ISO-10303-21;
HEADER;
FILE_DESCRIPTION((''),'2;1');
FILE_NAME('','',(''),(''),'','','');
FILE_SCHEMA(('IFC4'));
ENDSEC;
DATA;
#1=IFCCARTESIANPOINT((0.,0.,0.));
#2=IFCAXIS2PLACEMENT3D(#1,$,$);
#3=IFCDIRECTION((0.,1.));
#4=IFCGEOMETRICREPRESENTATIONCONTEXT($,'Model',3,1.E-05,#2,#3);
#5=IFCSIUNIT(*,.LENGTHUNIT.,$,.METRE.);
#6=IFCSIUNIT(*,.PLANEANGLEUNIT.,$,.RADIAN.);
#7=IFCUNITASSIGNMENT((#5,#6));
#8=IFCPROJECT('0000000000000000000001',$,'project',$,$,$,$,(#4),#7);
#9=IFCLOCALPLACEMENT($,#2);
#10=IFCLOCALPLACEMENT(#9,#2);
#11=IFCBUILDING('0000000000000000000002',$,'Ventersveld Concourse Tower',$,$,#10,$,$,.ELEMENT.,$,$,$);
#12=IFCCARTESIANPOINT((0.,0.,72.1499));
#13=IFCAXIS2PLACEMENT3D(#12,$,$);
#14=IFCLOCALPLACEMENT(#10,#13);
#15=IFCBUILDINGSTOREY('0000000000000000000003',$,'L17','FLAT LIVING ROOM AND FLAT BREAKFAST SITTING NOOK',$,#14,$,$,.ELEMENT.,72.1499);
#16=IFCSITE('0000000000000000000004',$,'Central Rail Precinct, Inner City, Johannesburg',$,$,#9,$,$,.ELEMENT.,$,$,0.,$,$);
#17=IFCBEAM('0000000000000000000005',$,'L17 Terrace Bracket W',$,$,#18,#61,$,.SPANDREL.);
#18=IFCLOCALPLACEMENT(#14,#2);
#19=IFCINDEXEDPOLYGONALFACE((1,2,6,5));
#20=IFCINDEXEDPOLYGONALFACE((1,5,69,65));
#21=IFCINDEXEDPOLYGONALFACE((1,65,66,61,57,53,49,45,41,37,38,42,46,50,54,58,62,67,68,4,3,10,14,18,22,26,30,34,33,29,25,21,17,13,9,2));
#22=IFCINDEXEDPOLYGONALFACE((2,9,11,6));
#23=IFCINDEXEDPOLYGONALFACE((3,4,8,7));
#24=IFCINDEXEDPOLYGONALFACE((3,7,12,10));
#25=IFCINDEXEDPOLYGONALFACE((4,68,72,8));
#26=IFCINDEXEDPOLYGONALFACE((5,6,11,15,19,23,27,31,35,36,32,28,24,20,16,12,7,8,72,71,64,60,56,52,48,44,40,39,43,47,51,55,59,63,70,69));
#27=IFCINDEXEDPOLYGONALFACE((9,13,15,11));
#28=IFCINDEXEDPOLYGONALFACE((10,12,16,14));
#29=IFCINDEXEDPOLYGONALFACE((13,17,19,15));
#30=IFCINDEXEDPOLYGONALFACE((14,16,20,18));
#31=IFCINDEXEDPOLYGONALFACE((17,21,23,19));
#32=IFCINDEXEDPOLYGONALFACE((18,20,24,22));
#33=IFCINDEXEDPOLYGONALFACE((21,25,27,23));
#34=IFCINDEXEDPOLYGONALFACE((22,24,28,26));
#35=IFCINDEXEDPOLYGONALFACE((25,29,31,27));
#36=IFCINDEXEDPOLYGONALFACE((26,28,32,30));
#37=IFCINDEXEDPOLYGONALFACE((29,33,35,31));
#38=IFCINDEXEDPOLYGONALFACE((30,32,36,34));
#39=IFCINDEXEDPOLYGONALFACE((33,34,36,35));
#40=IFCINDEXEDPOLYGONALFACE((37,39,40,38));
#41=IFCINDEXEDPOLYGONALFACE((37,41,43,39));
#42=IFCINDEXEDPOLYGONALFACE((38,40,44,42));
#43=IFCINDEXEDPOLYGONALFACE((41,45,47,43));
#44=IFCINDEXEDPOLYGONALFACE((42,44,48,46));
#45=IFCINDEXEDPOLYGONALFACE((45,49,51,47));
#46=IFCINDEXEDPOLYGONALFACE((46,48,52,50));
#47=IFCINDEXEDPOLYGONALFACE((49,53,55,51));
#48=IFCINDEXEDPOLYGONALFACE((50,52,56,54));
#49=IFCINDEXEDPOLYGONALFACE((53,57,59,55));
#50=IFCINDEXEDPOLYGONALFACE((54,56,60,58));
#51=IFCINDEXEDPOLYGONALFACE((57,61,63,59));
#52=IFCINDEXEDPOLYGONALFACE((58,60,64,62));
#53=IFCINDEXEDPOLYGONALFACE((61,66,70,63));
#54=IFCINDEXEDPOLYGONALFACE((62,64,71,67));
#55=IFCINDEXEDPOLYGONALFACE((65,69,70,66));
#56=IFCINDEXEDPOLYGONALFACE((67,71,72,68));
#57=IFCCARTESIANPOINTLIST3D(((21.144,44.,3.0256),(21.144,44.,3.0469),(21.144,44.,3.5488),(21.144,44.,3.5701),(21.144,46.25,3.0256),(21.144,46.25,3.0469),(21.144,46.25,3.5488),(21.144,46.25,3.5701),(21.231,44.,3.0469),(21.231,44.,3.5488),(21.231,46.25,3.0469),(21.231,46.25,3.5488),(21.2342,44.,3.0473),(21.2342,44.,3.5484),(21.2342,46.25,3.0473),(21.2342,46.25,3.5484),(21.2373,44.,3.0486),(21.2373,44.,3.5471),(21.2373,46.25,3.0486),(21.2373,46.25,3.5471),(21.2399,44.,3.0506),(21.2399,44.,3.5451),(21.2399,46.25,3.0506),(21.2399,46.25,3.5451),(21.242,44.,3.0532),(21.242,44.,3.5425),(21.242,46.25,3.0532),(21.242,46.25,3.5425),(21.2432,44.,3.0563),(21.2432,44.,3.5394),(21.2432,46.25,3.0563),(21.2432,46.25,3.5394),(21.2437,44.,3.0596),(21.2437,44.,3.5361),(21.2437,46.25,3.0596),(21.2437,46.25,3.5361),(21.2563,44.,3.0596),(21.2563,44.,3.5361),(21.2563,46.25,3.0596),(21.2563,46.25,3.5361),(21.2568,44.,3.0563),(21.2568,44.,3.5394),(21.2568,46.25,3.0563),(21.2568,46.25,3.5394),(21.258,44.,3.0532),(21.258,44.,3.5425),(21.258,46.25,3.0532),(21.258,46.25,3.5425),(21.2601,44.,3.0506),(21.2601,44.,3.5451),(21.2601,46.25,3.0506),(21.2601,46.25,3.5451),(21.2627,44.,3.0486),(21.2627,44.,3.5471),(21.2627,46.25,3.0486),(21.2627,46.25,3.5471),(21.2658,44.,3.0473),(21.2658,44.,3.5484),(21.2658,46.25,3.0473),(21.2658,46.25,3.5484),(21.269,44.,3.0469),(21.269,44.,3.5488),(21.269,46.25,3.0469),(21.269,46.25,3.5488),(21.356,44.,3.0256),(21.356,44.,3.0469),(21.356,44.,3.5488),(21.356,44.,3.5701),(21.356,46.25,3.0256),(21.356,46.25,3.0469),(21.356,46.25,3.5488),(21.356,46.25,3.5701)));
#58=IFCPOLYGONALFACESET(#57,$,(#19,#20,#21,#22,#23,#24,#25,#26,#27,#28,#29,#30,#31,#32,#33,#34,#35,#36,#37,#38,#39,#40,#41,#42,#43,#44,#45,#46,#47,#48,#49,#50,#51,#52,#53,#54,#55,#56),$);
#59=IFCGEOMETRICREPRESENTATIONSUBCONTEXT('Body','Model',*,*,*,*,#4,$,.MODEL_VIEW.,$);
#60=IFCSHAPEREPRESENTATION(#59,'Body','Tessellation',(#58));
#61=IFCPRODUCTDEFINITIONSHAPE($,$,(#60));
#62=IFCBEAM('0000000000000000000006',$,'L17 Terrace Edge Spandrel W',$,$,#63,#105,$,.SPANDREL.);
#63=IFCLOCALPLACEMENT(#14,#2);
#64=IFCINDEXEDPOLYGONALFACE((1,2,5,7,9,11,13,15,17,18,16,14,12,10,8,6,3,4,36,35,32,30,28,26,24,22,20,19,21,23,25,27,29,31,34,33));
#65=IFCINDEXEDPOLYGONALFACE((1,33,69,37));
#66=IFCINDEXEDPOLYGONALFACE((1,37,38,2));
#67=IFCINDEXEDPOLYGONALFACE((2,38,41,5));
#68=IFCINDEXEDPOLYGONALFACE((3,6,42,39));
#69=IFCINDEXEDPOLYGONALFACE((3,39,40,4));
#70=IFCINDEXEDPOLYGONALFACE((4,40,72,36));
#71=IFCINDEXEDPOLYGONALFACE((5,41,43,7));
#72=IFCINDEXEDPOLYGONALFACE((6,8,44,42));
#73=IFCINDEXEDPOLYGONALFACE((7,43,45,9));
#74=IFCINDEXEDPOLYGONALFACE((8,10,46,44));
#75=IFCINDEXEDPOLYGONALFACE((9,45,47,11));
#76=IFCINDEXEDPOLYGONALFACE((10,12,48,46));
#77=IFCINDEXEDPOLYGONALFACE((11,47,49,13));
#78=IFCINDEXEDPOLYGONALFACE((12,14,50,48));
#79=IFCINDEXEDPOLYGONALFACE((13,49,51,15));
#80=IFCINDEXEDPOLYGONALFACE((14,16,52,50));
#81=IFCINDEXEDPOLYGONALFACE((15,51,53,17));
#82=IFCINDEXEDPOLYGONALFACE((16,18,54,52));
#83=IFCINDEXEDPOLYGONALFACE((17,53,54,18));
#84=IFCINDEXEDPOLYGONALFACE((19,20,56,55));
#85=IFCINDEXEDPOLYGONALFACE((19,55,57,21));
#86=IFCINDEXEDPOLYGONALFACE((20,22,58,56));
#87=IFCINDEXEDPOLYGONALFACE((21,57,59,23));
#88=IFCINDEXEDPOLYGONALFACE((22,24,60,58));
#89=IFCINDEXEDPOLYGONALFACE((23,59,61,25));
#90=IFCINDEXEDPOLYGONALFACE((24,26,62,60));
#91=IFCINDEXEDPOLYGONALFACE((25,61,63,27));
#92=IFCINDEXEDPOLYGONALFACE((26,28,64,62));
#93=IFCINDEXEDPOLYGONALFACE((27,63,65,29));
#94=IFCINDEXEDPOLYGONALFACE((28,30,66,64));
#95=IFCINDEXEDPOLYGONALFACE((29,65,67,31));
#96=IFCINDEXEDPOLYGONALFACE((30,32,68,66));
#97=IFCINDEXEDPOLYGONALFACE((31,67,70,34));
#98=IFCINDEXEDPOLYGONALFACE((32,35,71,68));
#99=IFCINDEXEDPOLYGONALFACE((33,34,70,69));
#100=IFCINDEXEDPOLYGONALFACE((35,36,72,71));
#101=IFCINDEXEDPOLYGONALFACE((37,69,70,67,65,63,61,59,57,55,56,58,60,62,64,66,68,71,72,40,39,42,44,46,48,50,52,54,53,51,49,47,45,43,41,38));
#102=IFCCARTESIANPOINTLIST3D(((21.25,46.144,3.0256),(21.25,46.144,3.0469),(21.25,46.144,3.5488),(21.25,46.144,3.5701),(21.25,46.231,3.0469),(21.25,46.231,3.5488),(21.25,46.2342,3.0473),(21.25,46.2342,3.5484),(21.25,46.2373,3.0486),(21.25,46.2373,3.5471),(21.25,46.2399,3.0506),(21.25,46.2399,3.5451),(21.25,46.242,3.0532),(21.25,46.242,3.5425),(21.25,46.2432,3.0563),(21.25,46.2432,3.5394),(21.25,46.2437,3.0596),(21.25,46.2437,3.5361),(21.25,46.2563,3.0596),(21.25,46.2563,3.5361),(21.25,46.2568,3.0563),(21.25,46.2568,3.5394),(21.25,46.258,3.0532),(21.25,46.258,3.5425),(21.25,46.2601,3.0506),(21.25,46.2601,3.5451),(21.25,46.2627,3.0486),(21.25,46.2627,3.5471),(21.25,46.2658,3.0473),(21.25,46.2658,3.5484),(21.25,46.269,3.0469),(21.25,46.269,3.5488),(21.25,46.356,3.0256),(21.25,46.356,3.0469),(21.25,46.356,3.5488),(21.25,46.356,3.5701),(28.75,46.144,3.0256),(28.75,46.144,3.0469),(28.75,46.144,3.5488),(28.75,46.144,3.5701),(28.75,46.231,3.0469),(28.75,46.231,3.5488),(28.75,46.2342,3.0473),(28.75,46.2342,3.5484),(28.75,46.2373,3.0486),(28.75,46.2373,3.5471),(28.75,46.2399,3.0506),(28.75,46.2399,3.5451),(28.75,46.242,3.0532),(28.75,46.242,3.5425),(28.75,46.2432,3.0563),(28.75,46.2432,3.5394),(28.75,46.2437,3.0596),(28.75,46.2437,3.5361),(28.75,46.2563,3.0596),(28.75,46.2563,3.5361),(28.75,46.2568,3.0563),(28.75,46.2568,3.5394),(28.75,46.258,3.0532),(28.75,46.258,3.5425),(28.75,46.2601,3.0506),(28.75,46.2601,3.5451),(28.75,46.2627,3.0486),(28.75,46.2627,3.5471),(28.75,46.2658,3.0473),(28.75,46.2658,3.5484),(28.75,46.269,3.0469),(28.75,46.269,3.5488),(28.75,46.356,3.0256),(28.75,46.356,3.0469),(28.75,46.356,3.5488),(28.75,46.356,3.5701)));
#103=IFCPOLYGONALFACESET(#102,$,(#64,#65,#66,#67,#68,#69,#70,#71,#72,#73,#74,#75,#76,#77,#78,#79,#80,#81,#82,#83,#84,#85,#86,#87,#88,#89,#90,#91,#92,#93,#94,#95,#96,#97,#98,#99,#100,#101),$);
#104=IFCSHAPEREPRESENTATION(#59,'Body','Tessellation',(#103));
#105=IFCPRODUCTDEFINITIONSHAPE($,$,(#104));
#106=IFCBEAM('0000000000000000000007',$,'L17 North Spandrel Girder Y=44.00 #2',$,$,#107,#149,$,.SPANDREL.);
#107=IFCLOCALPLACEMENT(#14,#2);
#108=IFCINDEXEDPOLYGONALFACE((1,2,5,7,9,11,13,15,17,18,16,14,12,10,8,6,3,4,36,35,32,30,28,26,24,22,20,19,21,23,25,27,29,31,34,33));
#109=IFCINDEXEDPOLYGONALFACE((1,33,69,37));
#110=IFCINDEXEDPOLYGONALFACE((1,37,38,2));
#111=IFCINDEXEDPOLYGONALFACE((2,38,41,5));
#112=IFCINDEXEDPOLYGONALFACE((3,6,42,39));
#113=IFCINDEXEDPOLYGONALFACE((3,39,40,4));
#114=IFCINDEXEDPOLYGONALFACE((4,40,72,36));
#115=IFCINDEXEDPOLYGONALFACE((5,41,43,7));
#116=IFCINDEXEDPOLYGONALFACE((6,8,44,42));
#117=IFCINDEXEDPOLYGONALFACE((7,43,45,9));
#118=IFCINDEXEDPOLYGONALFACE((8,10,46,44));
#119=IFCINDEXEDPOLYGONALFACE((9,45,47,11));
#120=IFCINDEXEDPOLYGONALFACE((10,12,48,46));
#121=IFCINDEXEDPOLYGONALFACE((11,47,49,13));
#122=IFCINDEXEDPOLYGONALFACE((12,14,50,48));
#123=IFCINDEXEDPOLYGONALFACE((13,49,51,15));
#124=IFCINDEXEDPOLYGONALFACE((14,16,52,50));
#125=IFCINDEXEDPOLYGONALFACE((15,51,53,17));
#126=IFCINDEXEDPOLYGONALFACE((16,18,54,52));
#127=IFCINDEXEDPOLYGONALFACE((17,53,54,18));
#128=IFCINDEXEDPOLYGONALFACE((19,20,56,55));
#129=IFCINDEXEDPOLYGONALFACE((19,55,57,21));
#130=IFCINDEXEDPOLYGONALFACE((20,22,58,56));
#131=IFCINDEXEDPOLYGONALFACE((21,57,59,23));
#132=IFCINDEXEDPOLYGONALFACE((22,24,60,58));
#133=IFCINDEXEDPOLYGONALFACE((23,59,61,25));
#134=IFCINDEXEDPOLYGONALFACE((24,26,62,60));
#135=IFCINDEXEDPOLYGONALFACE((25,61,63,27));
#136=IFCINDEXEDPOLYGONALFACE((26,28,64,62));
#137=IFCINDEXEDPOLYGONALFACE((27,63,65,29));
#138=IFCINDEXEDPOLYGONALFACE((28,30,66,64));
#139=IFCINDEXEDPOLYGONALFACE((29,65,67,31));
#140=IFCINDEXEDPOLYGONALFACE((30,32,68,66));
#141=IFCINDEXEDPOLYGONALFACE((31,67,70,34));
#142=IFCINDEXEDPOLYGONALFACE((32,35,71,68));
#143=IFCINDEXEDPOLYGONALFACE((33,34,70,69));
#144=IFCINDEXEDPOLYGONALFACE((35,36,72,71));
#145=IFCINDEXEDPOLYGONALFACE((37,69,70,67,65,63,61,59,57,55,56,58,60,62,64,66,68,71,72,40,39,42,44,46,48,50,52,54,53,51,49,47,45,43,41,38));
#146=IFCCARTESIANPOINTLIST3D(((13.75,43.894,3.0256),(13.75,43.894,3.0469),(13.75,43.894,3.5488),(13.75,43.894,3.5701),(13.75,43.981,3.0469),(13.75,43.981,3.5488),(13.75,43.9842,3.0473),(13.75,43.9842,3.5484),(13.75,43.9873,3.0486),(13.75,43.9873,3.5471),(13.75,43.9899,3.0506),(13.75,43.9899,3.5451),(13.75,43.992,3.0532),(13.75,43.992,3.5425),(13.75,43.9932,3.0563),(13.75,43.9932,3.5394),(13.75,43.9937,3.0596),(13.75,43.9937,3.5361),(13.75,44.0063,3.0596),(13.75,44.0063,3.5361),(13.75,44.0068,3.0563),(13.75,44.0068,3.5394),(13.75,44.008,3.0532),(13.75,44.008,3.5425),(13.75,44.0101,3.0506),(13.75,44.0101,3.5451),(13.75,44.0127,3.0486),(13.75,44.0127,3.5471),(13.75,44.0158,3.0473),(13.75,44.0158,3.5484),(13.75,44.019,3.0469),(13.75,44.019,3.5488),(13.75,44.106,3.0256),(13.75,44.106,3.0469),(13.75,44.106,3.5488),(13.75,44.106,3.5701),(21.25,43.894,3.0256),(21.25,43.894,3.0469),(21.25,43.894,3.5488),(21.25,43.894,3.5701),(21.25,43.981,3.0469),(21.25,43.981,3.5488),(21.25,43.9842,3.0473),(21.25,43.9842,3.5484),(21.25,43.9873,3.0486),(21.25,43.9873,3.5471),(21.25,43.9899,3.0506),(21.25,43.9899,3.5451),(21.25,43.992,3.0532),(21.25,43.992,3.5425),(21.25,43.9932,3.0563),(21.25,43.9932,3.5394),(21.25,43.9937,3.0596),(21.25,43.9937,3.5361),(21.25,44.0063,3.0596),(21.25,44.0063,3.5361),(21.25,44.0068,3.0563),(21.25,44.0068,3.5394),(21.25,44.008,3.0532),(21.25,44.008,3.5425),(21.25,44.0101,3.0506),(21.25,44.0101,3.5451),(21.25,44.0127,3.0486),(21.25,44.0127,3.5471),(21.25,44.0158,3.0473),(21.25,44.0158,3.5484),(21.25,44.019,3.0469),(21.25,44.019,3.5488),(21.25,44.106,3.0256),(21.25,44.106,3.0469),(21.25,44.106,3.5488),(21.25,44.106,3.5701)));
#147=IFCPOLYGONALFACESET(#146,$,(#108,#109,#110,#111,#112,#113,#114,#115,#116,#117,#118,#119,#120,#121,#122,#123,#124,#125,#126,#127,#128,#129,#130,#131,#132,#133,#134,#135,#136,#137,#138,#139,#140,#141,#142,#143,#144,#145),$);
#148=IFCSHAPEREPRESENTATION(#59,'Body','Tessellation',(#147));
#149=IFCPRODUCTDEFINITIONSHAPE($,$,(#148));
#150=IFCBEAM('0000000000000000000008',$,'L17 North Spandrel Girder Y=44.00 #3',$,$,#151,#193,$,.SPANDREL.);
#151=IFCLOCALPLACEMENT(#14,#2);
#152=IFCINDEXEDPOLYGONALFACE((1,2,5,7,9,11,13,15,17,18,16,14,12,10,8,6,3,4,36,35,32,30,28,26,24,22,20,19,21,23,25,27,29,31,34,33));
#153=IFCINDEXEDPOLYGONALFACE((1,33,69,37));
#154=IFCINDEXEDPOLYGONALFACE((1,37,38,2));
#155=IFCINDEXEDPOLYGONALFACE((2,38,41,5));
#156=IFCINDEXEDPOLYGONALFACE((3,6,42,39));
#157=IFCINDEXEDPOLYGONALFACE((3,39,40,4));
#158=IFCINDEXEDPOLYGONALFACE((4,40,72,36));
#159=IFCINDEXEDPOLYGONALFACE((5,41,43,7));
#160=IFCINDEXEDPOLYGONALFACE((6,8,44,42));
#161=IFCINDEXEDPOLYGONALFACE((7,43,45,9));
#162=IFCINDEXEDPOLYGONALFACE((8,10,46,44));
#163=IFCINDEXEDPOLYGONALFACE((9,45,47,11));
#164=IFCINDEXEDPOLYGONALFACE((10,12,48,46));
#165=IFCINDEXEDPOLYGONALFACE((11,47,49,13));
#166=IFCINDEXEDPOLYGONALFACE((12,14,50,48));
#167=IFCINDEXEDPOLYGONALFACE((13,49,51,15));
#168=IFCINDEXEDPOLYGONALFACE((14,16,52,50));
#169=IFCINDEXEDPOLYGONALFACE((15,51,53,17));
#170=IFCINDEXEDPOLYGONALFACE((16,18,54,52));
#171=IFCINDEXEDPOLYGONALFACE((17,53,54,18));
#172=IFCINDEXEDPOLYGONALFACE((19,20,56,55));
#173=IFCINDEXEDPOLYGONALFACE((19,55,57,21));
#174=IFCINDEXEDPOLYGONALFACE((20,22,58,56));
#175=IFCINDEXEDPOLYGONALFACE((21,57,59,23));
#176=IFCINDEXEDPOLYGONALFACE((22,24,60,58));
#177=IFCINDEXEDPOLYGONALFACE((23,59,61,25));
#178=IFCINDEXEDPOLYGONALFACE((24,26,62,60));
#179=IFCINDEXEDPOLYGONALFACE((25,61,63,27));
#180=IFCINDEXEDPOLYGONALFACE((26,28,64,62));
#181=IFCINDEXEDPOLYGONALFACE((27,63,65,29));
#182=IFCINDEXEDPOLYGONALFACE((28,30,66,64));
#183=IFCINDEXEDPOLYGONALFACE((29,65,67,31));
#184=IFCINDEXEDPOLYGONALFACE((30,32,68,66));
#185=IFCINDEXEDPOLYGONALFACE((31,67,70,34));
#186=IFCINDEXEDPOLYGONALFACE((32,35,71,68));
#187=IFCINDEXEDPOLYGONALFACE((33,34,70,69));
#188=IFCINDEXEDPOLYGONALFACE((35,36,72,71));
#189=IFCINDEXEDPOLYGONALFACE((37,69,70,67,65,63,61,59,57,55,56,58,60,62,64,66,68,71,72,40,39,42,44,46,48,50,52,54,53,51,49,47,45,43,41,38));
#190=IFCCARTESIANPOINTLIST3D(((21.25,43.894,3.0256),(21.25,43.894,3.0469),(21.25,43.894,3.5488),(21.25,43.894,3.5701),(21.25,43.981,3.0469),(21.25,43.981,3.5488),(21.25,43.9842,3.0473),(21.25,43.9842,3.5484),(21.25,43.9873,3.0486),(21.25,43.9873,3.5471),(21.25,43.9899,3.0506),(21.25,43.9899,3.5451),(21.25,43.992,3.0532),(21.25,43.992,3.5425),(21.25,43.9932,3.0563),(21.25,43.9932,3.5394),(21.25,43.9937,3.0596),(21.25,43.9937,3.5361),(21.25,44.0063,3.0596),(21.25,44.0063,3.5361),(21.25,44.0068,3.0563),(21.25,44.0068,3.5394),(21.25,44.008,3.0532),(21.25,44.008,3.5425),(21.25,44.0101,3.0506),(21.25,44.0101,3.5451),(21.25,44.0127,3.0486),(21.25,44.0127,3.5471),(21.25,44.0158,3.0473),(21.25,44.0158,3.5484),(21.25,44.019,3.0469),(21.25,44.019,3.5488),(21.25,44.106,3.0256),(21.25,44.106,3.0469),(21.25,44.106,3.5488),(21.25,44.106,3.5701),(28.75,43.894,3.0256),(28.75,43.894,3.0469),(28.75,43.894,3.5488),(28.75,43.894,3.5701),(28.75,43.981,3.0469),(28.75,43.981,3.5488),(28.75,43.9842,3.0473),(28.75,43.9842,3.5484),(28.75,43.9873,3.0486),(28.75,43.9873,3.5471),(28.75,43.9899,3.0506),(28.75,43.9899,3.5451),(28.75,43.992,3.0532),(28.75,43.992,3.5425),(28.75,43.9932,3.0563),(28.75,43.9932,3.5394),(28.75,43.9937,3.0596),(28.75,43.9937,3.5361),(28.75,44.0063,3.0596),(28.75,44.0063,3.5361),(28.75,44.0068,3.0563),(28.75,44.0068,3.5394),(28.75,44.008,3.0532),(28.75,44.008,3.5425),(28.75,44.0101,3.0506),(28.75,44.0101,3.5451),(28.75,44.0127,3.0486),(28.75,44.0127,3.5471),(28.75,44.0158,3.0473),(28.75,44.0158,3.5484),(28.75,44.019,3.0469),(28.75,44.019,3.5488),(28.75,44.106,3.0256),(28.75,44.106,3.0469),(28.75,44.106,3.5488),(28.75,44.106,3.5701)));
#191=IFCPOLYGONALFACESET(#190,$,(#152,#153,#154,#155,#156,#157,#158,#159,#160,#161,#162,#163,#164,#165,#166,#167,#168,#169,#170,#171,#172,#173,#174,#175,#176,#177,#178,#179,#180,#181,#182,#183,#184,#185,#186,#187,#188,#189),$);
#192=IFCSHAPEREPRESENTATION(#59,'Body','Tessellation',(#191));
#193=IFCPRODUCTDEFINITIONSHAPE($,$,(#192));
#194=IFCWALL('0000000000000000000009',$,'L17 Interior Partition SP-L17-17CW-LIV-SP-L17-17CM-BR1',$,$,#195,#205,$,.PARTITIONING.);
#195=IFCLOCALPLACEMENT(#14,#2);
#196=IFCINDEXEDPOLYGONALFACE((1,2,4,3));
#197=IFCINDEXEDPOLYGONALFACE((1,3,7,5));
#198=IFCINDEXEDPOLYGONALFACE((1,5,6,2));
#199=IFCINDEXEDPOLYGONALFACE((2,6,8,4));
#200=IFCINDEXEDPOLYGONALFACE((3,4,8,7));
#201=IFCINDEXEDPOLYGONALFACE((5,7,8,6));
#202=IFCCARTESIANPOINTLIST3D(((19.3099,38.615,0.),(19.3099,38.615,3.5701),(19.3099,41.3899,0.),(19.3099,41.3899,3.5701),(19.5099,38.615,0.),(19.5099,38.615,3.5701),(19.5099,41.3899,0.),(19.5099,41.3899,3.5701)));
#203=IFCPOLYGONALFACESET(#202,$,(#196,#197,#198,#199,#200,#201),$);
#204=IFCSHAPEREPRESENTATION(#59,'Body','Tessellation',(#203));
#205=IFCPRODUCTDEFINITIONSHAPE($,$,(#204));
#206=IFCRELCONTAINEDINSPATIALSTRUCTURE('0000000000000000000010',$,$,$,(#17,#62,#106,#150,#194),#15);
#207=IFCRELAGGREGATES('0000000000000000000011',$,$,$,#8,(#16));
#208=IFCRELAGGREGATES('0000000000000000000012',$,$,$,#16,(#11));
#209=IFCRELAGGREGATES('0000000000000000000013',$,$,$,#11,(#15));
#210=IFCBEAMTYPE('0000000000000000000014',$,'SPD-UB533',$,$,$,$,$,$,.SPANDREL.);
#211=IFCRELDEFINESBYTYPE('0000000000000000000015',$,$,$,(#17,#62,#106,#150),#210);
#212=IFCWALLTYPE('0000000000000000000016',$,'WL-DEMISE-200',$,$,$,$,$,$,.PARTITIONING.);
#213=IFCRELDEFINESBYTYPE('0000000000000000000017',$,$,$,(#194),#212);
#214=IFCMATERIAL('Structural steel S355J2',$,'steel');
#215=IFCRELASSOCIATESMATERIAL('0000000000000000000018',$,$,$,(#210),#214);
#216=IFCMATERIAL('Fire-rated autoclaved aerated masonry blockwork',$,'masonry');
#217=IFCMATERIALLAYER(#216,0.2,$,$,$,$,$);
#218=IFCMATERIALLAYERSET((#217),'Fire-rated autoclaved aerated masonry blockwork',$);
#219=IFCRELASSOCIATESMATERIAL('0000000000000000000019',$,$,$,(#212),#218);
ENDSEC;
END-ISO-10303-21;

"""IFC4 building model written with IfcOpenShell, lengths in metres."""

from ifc_helpers import new_model, si_unit, direction, frame, frame_2d, origin, origin_2d, place, context, subcontext, project, spatial, rectangle, i_section, extrude, material, layer, layer_set, material_profile, profile_set, type_object, element, save


model = new_model("IFC4")

# Units and contexts
model_context = context("Model", 3, precision=1e-05, world=origin(), true_north=direction((0.0, 1.0)))
body_context = subcontext(model_context, "Body", "Model", "MODEL_VIEW")
ifc_project = project(units=[si_unit("LENGTHUNIT", "METRE"), si_unit("PLANEANGLEUNIT", "RADIAN")], contexts=[model_context])

# Site, building, storey
site_placement = place(None, origin())
site = spatial("IfcSite", under=ifc_project, at=site_placement, Name="Central Rail Precinct, Inner City, Johannesburg", CompositionType="ELEMENT", RefElevation=0.0)
building_placement = place(site_placement, origin())
building = spatial("IfcBuilding", under=site, at=building_placement, Name="Ventersveld Concourse Tower", CompositionType="ELEMENT")
storey_placement = place(building_placement, frame((0.0, 0.0, 72.1499)))
storey = spatial("IfcBuildingStorey", under=building, at=storey_placement, Name="L17", Description="FLAT LIVING ROOM AND FLAT BREAKFAST SITTING NOOK", CompositionType="ELEMENT", Elevation=72.1499)

# Shared definitions
ifc_material_1 = material(Name="Structural steel S355J2", Category="steel")

# Beams
ifc_material_profile_1 = material_profile(ifc_material_1, i_section(OverallWidth=0.2119, OverallDepth=0.5444, WebThickness=0.0127, FlangeThickness=0.0212, FilletRadius=0.0127, at=origin_2d()), Name="UB 533x210x122")
ifc_profile_set_1 = profile_set([ifc_material_profile_1], Name="Structural steel S355J2")
beam_type_1 = type_object("IfcBeamType", Name="SPD-UB533", PredefinedType="SPANDREL", material=ifc_profile_set_1)
beam_1_placement = place(storey_placement, frame((21.25, 44.0, 3.2979), z_axis=(0.0, 1.0, 0.0), x_axis=(-1.0, 0.0, 0.0)))
element("IfcBeam", 1, at=beam_1_placement, inside=storey, type_object=beam_type_1, Name="L17 Terrace Bracket W", PredefinedType="SPANDREL", context=body_context, shape_type="SweptSolid", body=[
    extrude(i_section(OverallWidth=0.2119, OverallDepth=0.5444, WebThickness=0.0127, FlangeThickness=0.0212, FilletRadius=0.0127, at=origin_2d()), origin(), (0.0, 0.0, 1.0), 2.25),
])
for number, where, z_axis, x_axis, name in (
    (2, (21.25, 46.25, 3.2979), (1.0, 0.0, 0.0), (0.0, 1.0, 0.0), "L17 Terrace Edge Spandrel W"),
    (3, (13.75, 44.0, 3.2979), (1.0, 0.0, 0.0), (0.0, 1.0, 0.0), "L17 North Spandrel Girder Y=44.00 #2"),
    (4, (21.25, 44.0, 3.2979), (1.0, 0.0, 0.0), (0.0, 1.0, 0.0), "L17 North Spandrel Girder Y=44.00 #3"),
):
    element("IfcBeam", number, at=place(storey_placement, frame(where, z_axis=z_axis, x_axis=x_axis)), inside=storey, type_object=beam_type_1, Name=name, PredefinedType="SPANDREL", context=body_context, shape_type="SweptSolid", body=[
        extrude(i_section(OverallWidth=0.2119, OverallDepth=0.5444, WebThickness=0.0127, FlangeThickness=0.0212, FilletRadius=0.0127, at=origin_2d()), origin(), (0.0, 0.0, 1.0), 7.5),
    ])

# Wall
ifc_material_2 = material(Name="Fire-rated autoclaved aerated masonry blockwork", Category="masonry")
ifc_layer_1 = layer(ifc_material_2, 0.2)
ifc_layer_set_1 = layer_set([ifc_layer_1], Name="Fire-rated autoclaved aerated masonry blockwork")
wall_type_1 = type_object("IfcWallType", Name="WL-DEMISE-200", PredefinedType="PARTITIONING", material=ifc_layer_set_1)
wall_1_placement = place(storey_placement, frame((19.4099, 38.615, 0.0), z_axis=(0.0, 0.0, 1.0), x_axis=(0.0, 1.0, 0.0)))
element("IfcWall", 5, at=wall_1_placement, inside=storey, type_object=wall_type_1, Name="L17 Interior Partition SP-L17-17CW-LIV-SP-L17-17CM-BR1", PredefinedType="PARTITIONING", context=body_context, shape_type="SweptSolid", body=[
    extrude(rectangle(XDim=2.7749, YDim=0.2, at=frame_2d((1.3875, 0.0))), origin(), (0.0, 0.0, 1.0), 3.5701),
])

save(model, "model.ifc")
